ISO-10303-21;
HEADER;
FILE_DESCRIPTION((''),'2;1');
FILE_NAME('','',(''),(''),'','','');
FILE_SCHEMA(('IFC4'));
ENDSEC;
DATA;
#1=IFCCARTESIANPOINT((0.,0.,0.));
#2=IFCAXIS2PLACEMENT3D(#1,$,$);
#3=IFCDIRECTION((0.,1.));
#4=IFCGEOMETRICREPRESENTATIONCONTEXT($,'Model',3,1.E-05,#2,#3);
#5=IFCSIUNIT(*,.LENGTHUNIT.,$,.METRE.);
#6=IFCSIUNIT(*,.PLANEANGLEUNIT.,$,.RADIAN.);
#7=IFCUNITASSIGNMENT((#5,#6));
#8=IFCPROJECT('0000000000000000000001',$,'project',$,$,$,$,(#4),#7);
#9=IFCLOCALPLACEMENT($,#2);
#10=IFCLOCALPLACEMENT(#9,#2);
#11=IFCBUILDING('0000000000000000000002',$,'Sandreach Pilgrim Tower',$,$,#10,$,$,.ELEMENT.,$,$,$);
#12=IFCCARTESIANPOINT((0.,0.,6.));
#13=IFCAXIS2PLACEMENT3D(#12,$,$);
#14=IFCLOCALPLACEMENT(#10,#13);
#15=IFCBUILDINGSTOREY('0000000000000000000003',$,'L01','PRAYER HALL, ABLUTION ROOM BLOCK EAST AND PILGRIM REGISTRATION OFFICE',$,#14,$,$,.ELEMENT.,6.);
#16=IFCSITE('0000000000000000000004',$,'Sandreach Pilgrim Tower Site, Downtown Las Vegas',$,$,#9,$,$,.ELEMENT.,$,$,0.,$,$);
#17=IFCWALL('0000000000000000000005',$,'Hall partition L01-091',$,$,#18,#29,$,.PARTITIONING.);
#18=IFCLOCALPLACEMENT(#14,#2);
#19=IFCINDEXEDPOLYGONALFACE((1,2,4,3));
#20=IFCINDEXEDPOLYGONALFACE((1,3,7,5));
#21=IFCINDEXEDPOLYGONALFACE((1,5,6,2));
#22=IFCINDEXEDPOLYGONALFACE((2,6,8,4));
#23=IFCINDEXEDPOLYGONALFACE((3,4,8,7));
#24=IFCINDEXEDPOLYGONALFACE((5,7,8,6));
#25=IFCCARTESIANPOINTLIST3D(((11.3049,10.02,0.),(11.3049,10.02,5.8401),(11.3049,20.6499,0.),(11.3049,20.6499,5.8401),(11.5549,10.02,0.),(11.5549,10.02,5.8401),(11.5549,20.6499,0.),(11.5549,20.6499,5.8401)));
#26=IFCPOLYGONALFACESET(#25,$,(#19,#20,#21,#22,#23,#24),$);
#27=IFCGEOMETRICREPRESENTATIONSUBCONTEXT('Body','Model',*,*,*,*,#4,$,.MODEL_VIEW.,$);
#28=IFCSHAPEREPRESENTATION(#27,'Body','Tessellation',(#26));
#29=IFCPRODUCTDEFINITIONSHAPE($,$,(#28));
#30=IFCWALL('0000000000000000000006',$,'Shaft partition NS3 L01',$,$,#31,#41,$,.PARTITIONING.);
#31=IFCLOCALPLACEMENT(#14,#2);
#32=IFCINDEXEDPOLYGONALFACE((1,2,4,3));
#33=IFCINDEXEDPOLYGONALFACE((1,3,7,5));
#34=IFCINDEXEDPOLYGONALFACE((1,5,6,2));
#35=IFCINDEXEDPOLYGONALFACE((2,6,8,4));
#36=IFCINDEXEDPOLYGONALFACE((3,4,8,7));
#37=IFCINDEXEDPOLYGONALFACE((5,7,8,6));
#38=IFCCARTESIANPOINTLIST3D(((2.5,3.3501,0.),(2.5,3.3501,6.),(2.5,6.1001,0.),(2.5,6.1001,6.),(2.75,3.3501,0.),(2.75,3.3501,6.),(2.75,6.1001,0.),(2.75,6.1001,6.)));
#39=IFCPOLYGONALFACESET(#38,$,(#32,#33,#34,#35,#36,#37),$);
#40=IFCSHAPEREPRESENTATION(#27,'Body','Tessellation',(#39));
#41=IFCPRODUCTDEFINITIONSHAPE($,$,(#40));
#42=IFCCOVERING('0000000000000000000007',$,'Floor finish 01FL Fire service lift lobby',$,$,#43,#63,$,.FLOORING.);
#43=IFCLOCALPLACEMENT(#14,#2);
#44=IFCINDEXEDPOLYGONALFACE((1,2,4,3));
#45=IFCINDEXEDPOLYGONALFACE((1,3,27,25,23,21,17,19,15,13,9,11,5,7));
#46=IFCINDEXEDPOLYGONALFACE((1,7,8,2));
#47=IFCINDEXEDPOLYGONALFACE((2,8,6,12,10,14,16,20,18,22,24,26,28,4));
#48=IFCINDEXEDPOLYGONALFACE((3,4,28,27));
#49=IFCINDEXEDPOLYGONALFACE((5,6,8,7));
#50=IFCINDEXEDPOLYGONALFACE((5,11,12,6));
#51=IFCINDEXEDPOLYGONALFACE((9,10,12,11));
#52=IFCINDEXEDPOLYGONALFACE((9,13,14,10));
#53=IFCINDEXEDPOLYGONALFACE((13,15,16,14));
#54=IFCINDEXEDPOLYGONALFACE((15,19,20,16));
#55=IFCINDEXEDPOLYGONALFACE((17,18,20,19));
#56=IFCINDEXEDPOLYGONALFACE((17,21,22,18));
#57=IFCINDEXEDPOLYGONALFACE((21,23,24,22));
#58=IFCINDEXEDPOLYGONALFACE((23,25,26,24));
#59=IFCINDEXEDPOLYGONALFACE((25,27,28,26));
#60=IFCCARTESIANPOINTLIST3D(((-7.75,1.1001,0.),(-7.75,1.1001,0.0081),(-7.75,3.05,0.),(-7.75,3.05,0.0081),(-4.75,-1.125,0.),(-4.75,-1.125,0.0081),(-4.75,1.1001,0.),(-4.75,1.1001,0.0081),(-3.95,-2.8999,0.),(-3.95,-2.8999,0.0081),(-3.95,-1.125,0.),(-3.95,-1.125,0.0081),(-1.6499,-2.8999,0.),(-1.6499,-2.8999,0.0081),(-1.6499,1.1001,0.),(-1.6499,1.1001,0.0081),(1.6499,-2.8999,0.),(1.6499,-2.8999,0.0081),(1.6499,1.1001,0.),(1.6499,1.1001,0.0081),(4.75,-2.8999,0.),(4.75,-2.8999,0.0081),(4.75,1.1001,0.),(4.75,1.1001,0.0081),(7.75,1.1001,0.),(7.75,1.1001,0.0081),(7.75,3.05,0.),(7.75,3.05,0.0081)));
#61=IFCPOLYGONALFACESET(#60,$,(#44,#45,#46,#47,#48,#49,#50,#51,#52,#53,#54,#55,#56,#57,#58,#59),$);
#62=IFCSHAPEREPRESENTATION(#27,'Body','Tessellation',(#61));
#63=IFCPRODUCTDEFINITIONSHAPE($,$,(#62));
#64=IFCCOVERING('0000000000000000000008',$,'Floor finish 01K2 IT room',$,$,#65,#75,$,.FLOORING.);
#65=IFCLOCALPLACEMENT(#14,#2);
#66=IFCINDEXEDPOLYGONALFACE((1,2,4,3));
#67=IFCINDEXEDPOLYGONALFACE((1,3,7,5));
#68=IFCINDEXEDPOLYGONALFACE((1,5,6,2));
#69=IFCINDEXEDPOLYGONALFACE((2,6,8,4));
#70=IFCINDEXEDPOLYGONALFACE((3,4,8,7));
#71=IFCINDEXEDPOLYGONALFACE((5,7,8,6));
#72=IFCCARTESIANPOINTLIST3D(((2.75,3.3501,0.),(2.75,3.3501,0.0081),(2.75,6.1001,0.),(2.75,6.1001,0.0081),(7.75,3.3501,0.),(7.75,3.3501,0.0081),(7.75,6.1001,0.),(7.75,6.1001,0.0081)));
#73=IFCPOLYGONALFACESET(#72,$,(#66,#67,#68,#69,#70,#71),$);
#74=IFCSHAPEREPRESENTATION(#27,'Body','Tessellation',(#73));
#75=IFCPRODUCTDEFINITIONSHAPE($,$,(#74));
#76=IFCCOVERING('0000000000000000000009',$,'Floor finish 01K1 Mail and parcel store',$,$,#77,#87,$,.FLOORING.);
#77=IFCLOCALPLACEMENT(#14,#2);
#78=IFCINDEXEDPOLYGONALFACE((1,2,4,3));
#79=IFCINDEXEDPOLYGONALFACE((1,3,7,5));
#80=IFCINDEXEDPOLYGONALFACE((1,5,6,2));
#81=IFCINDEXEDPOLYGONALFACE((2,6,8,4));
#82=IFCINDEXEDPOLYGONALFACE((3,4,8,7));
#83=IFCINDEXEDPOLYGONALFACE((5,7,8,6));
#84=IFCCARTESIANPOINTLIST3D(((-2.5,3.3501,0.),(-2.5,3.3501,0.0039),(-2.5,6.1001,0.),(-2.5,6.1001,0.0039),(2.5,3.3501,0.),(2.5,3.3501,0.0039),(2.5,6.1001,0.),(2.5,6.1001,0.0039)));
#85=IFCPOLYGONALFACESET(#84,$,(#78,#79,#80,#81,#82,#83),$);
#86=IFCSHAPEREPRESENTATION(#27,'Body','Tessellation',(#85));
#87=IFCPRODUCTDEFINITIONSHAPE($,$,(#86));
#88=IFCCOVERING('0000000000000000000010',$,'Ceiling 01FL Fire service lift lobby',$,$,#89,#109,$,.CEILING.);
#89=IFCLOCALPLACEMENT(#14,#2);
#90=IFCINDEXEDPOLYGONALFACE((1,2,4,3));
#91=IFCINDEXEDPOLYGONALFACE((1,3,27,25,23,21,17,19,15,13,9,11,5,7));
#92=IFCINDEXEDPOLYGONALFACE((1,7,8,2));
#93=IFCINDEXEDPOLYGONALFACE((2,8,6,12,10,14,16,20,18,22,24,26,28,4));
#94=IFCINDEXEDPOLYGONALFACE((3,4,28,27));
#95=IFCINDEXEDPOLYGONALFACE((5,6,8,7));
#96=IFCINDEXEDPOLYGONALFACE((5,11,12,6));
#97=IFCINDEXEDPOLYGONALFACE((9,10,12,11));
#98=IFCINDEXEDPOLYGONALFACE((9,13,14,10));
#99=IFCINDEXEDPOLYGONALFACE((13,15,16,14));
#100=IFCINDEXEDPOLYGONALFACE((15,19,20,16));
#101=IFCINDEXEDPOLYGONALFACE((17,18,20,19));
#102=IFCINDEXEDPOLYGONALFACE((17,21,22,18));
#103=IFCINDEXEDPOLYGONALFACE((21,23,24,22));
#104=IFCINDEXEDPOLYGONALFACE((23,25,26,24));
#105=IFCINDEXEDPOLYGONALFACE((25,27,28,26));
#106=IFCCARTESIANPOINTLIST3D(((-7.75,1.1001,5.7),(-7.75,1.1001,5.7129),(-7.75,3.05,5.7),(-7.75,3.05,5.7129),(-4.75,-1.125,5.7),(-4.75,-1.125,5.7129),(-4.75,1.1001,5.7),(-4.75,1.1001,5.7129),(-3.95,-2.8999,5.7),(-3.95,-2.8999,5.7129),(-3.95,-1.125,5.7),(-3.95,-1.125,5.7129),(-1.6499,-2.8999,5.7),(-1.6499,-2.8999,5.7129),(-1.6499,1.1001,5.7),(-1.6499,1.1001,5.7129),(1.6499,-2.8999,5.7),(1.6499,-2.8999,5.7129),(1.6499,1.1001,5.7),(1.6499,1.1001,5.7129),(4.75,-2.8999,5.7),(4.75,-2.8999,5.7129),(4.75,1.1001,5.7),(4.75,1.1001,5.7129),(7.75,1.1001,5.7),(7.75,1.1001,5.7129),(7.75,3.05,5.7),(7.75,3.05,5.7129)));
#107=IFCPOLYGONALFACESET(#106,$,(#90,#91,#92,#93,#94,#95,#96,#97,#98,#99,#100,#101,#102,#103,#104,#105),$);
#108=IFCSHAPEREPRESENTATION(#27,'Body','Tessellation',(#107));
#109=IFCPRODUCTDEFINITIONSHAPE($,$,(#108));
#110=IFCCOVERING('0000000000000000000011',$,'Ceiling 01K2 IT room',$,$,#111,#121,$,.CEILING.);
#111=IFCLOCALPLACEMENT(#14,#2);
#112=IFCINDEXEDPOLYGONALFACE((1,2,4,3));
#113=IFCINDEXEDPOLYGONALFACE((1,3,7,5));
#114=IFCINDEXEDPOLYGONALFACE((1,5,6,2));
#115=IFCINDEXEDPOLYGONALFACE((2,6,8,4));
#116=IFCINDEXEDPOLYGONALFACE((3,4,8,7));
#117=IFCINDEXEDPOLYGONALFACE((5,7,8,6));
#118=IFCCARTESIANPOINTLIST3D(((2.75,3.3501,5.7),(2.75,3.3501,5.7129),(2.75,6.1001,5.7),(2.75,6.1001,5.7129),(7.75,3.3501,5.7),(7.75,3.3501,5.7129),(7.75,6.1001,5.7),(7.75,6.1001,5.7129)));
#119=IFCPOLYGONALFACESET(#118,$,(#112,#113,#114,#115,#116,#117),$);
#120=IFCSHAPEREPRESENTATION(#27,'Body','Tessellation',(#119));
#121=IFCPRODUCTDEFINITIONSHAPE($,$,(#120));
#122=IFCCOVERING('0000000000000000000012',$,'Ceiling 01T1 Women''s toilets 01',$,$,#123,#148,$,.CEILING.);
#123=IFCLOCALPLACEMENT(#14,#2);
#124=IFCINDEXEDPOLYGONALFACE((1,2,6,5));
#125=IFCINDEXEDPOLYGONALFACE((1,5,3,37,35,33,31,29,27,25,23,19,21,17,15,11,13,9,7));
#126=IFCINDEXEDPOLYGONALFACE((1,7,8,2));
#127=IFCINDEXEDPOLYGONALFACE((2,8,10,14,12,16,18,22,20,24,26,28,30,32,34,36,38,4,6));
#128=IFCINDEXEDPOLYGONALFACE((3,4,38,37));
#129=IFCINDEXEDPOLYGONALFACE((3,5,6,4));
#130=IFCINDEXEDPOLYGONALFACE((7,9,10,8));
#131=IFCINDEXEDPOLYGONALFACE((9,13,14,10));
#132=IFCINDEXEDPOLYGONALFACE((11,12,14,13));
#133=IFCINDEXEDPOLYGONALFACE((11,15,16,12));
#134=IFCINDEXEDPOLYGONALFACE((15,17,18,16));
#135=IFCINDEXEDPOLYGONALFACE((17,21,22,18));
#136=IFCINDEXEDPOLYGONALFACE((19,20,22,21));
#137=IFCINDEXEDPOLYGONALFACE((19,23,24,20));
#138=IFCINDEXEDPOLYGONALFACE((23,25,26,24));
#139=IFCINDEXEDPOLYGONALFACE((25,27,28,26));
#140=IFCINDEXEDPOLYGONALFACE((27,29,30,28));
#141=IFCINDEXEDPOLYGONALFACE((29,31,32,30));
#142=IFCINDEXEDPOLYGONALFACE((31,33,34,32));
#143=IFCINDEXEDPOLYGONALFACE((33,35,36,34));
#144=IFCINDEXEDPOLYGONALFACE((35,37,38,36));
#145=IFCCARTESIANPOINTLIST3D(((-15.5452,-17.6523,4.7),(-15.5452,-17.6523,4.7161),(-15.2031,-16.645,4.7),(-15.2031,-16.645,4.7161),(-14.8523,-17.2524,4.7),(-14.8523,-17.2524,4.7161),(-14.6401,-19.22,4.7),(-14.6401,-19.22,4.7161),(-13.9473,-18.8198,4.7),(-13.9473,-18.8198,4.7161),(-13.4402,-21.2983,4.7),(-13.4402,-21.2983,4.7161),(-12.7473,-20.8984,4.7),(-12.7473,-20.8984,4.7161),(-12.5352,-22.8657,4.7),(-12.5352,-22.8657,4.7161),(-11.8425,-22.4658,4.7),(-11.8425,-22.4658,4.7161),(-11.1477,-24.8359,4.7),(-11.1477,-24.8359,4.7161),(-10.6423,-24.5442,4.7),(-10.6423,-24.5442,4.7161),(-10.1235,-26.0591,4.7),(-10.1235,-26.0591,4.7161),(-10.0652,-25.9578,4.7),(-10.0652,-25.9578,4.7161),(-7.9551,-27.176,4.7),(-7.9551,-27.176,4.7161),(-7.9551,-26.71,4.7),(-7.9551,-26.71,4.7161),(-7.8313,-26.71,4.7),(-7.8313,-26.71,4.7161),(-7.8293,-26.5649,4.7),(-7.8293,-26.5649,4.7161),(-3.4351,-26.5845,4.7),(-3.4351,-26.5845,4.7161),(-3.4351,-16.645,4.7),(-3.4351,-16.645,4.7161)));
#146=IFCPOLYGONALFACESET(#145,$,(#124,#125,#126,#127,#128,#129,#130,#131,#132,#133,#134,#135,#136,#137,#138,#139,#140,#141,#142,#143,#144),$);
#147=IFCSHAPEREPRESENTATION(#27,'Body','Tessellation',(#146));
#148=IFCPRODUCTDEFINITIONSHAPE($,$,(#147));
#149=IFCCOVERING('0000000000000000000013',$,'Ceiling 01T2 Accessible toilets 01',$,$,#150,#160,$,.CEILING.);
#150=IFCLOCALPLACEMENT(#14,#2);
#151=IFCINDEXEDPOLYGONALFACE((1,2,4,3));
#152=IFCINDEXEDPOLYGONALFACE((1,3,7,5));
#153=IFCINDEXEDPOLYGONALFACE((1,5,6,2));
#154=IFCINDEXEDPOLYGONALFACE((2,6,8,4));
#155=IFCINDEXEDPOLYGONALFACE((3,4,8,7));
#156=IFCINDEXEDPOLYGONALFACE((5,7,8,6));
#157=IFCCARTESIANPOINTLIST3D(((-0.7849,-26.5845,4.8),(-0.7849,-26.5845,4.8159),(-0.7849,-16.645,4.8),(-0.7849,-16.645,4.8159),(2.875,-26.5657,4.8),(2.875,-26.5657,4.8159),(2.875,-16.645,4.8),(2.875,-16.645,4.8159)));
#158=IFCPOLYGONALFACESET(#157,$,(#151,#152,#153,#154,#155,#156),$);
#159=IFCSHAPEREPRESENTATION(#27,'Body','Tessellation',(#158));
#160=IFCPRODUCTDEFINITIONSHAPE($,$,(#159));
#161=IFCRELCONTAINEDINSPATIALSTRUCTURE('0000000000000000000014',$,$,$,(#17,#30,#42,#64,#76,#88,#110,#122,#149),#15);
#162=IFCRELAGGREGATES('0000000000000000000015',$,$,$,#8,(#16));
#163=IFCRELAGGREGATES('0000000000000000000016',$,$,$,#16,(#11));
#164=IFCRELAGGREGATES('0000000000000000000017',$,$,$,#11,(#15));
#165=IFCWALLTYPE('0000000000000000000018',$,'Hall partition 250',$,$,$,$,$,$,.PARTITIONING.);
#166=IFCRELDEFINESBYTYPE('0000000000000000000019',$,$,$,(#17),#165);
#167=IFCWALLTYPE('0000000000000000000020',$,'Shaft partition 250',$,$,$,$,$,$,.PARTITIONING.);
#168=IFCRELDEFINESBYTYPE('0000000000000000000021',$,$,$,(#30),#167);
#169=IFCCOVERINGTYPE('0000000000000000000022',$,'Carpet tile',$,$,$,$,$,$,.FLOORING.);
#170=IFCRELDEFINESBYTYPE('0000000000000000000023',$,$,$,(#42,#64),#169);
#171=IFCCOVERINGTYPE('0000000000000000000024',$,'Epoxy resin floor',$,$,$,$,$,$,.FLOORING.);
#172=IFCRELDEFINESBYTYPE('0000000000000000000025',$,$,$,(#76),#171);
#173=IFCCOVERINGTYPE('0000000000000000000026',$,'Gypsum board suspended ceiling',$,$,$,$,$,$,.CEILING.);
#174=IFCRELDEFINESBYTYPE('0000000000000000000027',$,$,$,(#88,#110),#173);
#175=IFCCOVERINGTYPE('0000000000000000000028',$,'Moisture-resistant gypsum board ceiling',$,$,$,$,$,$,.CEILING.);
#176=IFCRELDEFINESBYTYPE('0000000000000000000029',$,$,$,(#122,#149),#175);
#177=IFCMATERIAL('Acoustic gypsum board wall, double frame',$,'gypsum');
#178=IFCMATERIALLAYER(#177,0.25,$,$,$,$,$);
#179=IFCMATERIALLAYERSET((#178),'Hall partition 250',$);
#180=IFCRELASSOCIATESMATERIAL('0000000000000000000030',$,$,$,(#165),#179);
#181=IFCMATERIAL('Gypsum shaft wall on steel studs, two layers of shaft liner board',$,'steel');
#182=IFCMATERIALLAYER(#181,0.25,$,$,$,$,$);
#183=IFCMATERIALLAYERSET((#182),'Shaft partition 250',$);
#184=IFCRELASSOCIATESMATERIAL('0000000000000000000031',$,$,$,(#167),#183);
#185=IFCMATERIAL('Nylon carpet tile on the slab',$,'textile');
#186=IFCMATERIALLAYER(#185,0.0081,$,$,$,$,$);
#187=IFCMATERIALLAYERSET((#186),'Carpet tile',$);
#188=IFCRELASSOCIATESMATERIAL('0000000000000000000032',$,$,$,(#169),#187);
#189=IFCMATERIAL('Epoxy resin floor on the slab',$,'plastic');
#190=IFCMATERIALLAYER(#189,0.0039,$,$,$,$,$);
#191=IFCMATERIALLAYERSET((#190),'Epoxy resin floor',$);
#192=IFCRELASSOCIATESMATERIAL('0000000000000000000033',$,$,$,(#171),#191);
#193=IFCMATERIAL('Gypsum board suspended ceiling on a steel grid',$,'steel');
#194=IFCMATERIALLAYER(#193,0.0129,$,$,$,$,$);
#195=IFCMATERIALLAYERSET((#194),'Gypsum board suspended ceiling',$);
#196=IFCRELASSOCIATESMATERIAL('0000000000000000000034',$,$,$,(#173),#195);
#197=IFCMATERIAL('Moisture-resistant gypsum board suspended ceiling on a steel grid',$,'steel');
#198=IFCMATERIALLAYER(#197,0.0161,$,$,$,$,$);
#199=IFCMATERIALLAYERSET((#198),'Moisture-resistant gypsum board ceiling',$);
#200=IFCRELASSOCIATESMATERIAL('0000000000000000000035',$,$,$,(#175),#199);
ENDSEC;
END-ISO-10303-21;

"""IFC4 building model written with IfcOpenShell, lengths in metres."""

from ifc_helpers import new_model, si_unit, direction, frame, frame_2d, origin, place, context, subcontext, project, spatial, polyline, rectangle, outline, extrude, material, layer, layer_set, type_object, element, save


model = new_model("IFC4")

# Units and contexts
model_context = context("Model", 3, precision=1e-05, world=origin(), true_north=direction((0.0, 1.0)))
body_context = subcontext(model_context, "Body", "Model", "MODEL_VIEW")
ifc_project = project(units=[si_unit("LENGTHUNIT", "METRE"), si_unit("PLANEANGLEUNIT", "RADIAN")], contexts=[model_context])

# Site, building, storey
site_placement = place(None, origin())
site = spatial("IfcSite", under=ifc_project, at=site_placement, Name="Sandreach Pilgrim Tower Site, Downtown Las Vegas", CompositionType="ELEMENT", RefElevation=0.0)
building_placement = place(site_placement, origin())
building = spatial("IfcBuilding", under=site, at=building_placement, Name="Sandreach Pilgrim Tower", CompositionType="ELEMENT")
storey_placement = place(building_placement, frame((0.0, 0.0, 6.0)))
storey = spatial("IfcBuildingStorey", under=building, at=storey_placement, Name="L01", Description="PRAYER HALL, ABLUTION ROOM BLOCK EAST AND PILGRIM REGISTRATION OFFICE", CompositionType="ELEMENT", Elevation=6.0)

# Walls
ifc_material_1 = material(Name="Acoustic gypsum board wall, double frame", Category="gypsum")
ifc_layer_1 = layer(ifc_material_1, 0.25)
ifc_layer_set_1 = layer_set([ifc_layer_1], Name="Hall partition 250")
wall_type_1 = type_object("IfcWallType", Name="Hall partition 250", PredefinedType="PARTITIONING", material=ifc_layer_set_1)
wall_1_placement = place(storey_placement, frame((11.4299, 20.6499, 0.0), z_axis=(0.0, 0.0, 1.0), x_axis=(0.0, -1.0, 0.0)))
element("IfcWall", 1, at=wall_1_placement, inside=storey, type_object=wall_type_1, Name="Hall partition L01-091", PredefinedType="PARTITIONING", context=body_context, shape_type="SweptSolid", body=[
    extrude(rectangle(XDim=10.6299, YDim=0.25, at=frame_2d((5.3149, 0.0))), origin(), (0.0, 0.0, 1.0), 5.8401),
])
ifc_material_2 = material(Name="Gypsum shaft wall on steel studs, two layers of shaft liner board", Category="steel")
ifc_layer_2 = layer(ifc_material_2, 0.25)
ifc_layer_set_2 = layer_set([ifc_layer_2], Name="Shaft partition 250")
wall_type_2 = type_object("IfcWallType", Name="Shaft partition 250", PredefinedType="PARTITIONING", material=ifc_layer_set_2)
wall_2_placement = place(storey_placement, frame((2.625, 3.3501, 0.0), z_axis=(0.0, 0.0, 1.0), x_axis=(0.0, 1.0, 0.0)))
element("IfcWall", 2, at=wall_2_placement, inside=storey, type_object=wall_type_2, Name="Shaft partition NS3 L01", PredefinedType="PARTITIONING", context=body_context, shape_type="SweptSolid", body=[
    extrude(rectangle(XDim=2.75, YDim=0.25, at=frame_2d((1.375, 0.0))), origin(), (0.0, 0.0, 1.0), 6.0),
])

# Coverings
ifc_material_3 = material(Name="Nylon carpet tile on the slab", Category="textile")
ifc_layer_3 = layer(ifc_material_3, 0.0081)
ifc_layer_set_3 = layer_set([ifc_layer_3], Name="Carpet tile")
covering_type_1 = type_object("IfcCoveringType", Name="Carpet tile", PredefinedType="FLOORING", material=ifc_layer_set_3)
covering_1_placement = place(storey_placement, origin())
element("IfcCovering", 3, at=covering_1_placement, inside=storey, type_object=covering_type_1, Name="Floor finish 01FL Fire service lift lobby", PredefinedType="FLOORING", context=body_context, shape_type="SweptSolid", body=[
    extrude(outline(polyline([(-3.95, -1.125), (-4.75, -1.125), (-4.75, 1.1001), (-7.75, 1.1001), (-7.75, 3.05), (7.75, 3.05), (7.75, 1.1001), (4.75, 1.1001), (4.75, -2.8999), (1.6499, -2.8999), (1.6499, 1.1001), (-1.6499, 1.1001), (-1.6499, -2.8999), (-3.95, -2.8999), (-3.95, -1.125)])), origin(), (0.0, 0.0, 1.0), 0.0081),
])
covering_2_placement = place(storey_placement, origin())
element("IfcCovering", 4, at=covering_2_placement, inside=storey, type_object=covering_type_1, Name="Floor finish 01K2 IT room", PredefinedType="FLOORING", context=body_context, shape_type="SweptSolid", body=[
    extrude(outline(polyline([(2.75, 6.1001), (7.75, 6.1001), (7.75, 3.3501), (2.75, 3.3501), (2.75, 6.1001)])), origin(), (0.0, 0.0, 1.0), 0.0081),
])
ifc_material_4 = material(Name="Epoxy resin floor on the slab", Category="plastic")
ifc_layer_4 = layer(ifc_material_4, 0.0039)
ifc_layer_set_4 = layer_set([ifc_layer_4], Name="Epoxy resin floor")
covering_type_2 = type_object("IfcCoveringType", Name="Epoxy resin floor", PredefinedType="FLOORING", material=ifc_layer_set_4)
covering_3_placement = place(storey_placement, origin())
element("IfcCovering", 5, at=covering_3_placement, inside=storey, type_object=covering_type_2, Name="Floor finish 01K1 Mail and parcel store", PredefinedType="FLOORING", context=body_context, shape_type="SweptSolid", body=[
    extrude(outline(polyline([(-2.5, 6.1001), (2.5, 6.1001), (2.5, 3.3501), (-2.5, 3.3501), (-2.5, 6.1001)])), origin(), (0.0, 0.0, 1.0), 0.0039),
])
ifc_material_5 = material(Name="Gypsum board suspended ceiling on a steel grid", Category="steel")
ifc_layer_5 = layer(ifc_material_5, 0.0129)
ifc_layer_set_5 = layer_set([ifc_layer_5], Name="Gypsum board suspended ceiling")
covering_type_3 = type_object("IfcCoveringType", Name="Gypsum board suspended ceiling", PredefinedType="CEILING", material=ifc_layer_set_5)
covering_4_placement = place(storey_placement, frame((0.0, 0.0, 5.7)))
element("IfcCovering", 6, at=covering_4_placement, inside=storey, type_object=covering_type_3, Name="Ceiling 01FL Fire service lift lobby", PredefinedType="CEILING", context=body_context, shape_type="SweptSolid", body=[
    extrude(outline(polyline([(-3.95, -1.125), (-4.75, -1.125), (-4.75, 1.1001), (-7.75, 1.1001), (-7.75, 3.05), (7.75, 3.05), (7.75, 1.1001), (4.75, 1.1001), (4.75, -2.8999), (1.6499, -2.8999), (1.6499, 1.1001), (-1.6499, 1.1001), (-1.6499, -2.8999), (-3.95, -2.8999), (-3.95, -1.125)])), origin(), (0.0, 0.0, 1.0), 0.0129),
])
covering_5_placement = place(storey_placement, frame((0.0, 0.0, 5.7)))
element("IfcCovering", 7, at=covering_5_placement, inside=storey, type_object=covering_type_3, Name="Ceiling 01K2 IT room", PredefinedType="CEILING", context=body_context, shape_type="SweptSolid", body=[
    extrude(outline(polyline([(2.75, 6.1001), (7.75, 6.1001), (7.75, 3.3501), (2.75, 3.3501), (2.75, 6.1001)])), origin(), (0.0, 0.0, 1.0), 0.0129),
])
ifc_material_6 = material(Name="Moisture-resistant gypsum board suspended ceiling on a steel grid", Category="steel")
ifc_layer_6 = layer(ifc_material_6, 0.0161)
ifc_layer_set_6 = layer_set([ifc_layer_6], Name="Moisture-resistant gypsum board ceiling")
covering_type_4 = type_object("IfcCoveringType", Name="Moisture-resistant gypsum board ceiling", PredefinedType="CEILING", material=ifc_layer_set_6)
covering_6_placement = place(storey_placement, frame((0.0, 0.0, 4.7)))
element("IfcCovering", 8, at=covering_6_placement, inside=storey, type_object=covering_type_4, Name="Ceiling 01T1 Women's toilets 01", PredefinedType="CEILING", context=body_context, shape_type="SweptSolid", body=[
    extrude(outline(polyline([(-10.6423, -24.5442), (-11.8425, -22.4658), (-12.5352, -22.8657), (-13.4402, -21.2983), (-12.7473, -20.8984), (-13.9473, -18.8198), (-14.6401, -19.22), (-15.5452, -17.6523), (-14.8523, -17.2524), (-15.2031, -16.645), (-3.4351, -16.645), (-3.4351, -26.5845), (-7.8293, -26.5649), (-7.8313, -26.71), (-7.9551, -26.71), (-7.9551, -27.176), (-10.0652, -25.9578), (-10.1235, -26.0591), (-11.1477, -24.8359), (-10.6423, -24.5442)])), origin(), (0.0, 0.0, 1.0), 0.0161),
])
covering_7_placement = place(storey_placement, frame((0.0, 0.0, 4.8)))
element("IfcCovering", 9, at=covering_7_placement, inside=storey, type_object=covering_type_4, Name="Ceiling 01T2 Accessible toilets 01", PredefinedType="CEILING", context=body_context, shape_type="SweptSolid", body=[
    extrude(outline(polyline([(2.875, -26.5657), (-0.7849, -26.5845), (-0.7849, -16.645), (2.875, -16.645), (2.875, -26.5657)])), origin(), (0.0, 0.0, 1.0), 0.0159),
])

save(model, "model.ifc")
